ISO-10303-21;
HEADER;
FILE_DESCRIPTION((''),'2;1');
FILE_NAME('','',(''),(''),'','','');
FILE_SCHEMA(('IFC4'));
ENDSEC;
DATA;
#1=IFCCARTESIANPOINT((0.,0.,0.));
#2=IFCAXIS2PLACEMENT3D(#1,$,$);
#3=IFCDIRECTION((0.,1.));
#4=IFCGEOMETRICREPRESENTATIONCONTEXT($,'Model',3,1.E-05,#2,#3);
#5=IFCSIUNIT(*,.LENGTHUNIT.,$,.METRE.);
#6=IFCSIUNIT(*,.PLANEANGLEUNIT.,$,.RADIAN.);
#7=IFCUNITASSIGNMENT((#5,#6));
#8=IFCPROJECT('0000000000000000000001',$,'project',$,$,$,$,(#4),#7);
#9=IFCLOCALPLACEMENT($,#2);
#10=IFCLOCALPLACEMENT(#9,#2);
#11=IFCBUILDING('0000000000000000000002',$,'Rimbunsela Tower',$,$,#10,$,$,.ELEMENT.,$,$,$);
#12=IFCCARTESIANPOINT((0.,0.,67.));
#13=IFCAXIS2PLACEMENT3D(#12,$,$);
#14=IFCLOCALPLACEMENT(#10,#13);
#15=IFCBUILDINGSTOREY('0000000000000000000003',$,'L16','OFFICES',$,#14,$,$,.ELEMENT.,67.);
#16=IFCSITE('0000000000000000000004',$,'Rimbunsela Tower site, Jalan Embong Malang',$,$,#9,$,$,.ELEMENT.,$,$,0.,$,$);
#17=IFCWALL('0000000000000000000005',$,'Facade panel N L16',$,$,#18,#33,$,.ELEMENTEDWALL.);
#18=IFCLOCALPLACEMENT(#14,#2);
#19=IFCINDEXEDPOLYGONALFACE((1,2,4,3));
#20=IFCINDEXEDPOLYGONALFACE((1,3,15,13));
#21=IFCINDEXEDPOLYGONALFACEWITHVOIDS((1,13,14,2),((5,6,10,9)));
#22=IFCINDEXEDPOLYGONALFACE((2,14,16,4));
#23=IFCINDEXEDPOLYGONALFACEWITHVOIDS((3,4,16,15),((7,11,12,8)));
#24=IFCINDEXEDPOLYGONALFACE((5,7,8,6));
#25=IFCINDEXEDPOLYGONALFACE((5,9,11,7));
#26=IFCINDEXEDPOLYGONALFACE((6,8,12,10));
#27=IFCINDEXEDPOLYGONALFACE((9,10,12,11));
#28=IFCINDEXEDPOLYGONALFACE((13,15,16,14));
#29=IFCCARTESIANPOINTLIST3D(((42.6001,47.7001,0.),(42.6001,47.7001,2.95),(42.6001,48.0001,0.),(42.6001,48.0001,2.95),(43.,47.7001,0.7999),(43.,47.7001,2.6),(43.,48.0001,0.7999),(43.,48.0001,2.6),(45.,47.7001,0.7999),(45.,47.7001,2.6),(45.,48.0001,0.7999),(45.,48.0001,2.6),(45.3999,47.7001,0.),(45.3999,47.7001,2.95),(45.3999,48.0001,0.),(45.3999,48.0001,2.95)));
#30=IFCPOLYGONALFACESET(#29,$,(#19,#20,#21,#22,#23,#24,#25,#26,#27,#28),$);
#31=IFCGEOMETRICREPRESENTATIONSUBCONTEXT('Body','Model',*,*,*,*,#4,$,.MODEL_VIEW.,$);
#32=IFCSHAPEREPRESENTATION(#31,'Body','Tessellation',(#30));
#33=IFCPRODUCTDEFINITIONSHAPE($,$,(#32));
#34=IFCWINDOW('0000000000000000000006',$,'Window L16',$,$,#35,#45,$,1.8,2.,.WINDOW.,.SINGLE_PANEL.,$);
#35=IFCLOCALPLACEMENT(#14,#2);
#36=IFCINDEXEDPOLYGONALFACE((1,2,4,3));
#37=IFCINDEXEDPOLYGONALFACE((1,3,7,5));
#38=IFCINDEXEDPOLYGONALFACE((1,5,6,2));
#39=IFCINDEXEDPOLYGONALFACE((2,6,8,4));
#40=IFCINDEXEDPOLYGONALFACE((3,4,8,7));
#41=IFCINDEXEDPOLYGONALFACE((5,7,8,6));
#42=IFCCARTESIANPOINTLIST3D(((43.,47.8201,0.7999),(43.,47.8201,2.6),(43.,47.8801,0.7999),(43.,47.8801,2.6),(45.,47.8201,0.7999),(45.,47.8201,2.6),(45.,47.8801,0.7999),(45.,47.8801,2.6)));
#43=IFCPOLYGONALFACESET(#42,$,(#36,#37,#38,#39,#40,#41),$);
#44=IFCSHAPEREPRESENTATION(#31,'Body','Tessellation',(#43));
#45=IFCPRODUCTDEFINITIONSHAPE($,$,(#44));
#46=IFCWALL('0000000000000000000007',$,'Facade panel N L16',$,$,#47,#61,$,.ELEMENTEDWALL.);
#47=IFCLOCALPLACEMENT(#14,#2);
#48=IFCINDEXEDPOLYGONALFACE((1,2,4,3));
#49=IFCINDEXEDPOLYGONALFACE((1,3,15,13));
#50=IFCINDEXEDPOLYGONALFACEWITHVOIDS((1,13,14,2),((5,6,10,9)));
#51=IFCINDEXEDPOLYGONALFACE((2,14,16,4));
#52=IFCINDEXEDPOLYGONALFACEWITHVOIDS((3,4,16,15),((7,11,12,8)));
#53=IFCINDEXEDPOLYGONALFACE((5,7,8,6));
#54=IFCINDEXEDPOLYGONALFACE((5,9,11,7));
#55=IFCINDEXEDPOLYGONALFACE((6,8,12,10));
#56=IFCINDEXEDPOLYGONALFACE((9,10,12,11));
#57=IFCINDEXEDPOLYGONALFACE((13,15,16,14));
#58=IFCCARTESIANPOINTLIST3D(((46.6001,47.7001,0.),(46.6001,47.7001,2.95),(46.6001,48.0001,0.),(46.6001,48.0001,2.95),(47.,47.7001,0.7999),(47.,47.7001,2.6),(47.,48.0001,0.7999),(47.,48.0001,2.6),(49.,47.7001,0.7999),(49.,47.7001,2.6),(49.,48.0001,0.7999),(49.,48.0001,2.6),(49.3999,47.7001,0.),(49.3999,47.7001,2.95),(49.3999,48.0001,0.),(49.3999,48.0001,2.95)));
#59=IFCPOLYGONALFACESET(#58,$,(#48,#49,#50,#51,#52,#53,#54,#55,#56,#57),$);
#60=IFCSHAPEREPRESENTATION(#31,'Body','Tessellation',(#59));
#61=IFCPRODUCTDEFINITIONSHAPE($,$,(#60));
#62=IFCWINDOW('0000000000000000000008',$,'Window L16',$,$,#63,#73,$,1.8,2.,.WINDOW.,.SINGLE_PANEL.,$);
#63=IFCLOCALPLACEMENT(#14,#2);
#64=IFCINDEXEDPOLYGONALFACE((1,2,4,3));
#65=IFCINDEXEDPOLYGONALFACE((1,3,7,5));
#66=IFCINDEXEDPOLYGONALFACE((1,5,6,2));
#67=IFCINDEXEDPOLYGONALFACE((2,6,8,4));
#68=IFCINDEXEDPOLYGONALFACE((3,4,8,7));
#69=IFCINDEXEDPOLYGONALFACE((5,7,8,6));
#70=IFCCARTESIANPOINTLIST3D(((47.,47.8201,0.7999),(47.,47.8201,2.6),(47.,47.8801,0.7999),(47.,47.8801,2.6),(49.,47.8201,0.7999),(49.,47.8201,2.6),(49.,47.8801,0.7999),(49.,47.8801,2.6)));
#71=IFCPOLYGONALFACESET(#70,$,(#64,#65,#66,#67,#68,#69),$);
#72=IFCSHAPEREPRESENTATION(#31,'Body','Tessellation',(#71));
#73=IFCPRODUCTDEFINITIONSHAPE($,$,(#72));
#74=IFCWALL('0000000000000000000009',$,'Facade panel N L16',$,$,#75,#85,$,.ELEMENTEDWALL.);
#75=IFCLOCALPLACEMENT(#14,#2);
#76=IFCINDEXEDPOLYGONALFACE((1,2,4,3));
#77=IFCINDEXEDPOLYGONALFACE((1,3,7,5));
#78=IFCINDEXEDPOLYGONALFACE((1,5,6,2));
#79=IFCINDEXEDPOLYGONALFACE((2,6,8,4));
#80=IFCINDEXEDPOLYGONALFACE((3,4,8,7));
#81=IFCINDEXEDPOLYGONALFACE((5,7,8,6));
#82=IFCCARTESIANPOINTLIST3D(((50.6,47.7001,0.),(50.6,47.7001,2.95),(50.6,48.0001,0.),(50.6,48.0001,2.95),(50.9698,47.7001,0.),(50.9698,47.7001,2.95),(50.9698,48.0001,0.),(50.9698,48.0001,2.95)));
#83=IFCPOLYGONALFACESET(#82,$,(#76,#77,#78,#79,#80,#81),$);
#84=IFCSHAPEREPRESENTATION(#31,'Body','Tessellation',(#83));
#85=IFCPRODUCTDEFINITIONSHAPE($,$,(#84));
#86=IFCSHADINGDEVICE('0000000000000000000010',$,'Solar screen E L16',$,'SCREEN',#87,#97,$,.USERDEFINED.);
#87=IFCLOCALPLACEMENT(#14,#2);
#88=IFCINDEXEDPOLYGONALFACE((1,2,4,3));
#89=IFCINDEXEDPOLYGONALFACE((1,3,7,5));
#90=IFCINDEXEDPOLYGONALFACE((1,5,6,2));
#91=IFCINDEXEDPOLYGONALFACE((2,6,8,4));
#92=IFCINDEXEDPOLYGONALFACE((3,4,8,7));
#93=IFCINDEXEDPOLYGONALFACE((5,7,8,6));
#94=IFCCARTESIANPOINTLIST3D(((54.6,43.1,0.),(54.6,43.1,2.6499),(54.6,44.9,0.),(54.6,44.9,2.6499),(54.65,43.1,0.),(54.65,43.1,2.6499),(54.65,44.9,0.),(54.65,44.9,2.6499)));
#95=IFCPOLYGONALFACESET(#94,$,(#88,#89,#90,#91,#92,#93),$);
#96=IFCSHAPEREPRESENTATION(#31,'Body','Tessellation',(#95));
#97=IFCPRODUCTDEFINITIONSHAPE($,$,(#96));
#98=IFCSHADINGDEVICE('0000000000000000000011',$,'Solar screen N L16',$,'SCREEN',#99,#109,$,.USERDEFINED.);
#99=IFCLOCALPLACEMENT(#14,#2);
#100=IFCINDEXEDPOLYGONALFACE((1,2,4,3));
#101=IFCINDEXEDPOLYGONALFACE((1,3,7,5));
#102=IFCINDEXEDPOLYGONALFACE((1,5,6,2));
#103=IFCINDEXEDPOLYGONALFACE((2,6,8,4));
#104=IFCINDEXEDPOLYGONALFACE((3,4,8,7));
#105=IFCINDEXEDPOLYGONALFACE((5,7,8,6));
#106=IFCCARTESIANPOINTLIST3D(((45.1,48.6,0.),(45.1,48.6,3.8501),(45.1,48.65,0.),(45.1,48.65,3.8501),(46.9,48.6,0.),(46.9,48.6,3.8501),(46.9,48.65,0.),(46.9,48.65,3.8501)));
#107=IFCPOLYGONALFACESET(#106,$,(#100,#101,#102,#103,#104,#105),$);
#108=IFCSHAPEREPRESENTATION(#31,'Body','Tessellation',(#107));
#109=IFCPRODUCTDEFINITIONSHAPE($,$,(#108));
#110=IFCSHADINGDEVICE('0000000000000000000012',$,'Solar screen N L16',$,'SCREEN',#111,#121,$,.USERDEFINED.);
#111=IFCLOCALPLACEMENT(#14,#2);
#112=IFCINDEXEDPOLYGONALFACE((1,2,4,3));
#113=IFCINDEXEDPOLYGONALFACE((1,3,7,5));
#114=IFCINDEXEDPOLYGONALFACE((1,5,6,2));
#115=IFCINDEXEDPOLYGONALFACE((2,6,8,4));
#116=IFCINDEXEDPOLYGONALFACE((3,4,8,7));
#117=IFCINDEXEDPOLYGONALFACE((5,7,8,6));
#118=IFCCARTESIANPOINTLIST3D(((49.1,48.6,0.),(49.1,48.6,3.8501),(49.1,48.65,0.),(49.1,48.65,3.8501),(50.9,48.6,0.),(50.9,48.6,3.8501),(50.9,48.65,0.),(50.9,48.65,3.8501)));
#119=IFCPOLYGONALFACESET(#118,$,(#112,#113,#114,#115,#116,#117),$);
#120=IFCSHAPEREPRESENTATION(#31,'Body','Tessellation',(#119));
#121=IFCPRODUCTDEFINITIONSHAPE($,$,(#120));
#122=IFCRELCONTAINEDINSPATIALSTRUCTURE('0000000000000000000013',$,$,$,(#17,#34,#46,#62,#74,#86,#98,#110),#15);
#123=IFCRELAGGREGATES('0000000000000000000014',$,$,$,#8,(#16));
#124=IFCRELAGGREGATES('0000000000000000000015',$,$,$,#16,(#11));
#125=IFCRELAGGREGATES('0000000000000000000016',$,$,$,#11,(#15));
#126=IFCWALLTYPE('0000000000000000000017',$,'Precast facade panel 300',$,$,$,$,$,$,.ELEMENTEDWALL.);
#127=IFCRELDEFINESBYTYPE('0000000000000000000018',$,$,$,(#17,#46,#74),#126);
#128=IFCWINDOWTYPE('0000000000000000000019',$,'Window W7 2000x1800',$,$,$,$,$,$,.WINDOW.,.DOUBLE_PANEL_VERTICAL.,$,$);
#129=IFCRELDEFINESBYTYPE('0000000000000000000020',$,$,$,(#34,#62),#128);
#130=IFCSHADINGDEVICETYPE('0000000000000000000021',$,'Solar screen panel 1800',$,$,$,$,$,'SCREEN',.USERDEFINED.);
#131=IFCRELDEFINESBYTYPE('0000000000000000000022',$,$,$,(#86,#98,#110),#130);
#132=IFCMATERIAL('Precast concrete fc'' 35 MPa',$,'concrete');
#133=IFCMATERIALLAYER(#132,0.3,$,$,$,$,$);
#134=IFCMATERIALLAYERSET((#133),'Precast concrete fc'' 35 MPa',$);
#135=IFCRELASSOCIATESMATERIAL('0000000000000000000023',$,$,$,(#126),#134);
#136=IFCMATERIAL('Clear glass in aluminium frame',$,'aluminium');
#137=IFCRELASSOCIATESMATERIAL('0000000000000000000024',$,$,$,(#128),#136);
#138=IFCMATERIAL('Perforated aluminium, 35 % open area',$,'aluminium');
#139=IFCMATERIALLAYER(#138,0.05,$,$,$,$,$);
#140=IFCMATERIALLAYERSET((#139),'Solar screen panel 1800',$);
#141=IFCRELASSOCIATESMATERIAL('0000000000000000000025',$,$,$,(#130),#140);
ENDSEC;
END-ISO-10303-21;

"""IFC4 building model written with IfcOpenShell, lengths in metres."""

from ifc_helpers import new_model, si_unit, direction, frame, frame_2d, origin, origin_2d, place, context, subcontext, project, spatial, rectangle, extrude, material, layer, layer_set, type_object, element, fill, save


model = new_model("IFC4")

# Units and contexts
model_context = context("Model", 3, precision=1e-05, world=origin(), true_north=direction((0.0, 1.0)))
body_context = subcontext(model_context, "Body", "Model", "MODEL_VIEW")
ifc_project = project(units=[si_unit("LENGTHUNIT", "METRE"), si_unit("PLANEANGLEUNIT", "RADIAN")], contexts=[model_context])

# Site, building, storey
site_placement = place(None, origin())
site = spatial("IfcSite", under=ifc_project, at=site_placement, Name="Rimbunsela Tower site, Jalan Embong Malang", CompositionType="ELEMENT", RefElevation=0.0)
building_placement = place(site_placement, origin())
building = spatial("IfcBuilding", under=site, at=building_placement, Name="Rimbunsela Tower", CompositionType="ELEMENT")
storey_placement = place(building_placement, frame((0.0, 0.0, 67.0)))
storey = spatial("IfcBuildingStorey", under=building, at=storey_placement, Name="L16", Description="OFFICES", CompositionType="ELEMENT", Elevation=67.0)

# Shared definitions
ifc_material_1 = material(Name="Precast concrete fc' 35 MPa", Category="concrete")
ifc_layer_1 = layer(ifc_material_1, 0.3)
ifc_layer_set_1 = layer_set([ifc_layer_1], Name="Precast concrete fc' 35 MPa")
wall_type_1 = type_object("IfcWallType", Name="Precast facade panel 300", PredefinedType="ELEMENTEDWALL", material=ifc_layer_set_1)

# Walls, openings, windows
wall_1_placement = place(storey_placement, frame((45.3999, 47.8501, 0.0), z_axis=(0.0, 0.0, 1.0), x_axis=(-1.0, 0.0, 0.0)))
wall_1 = element("IfcWall", 1, at=wall_1_placement, inside=storey, type_object=wall_type_1, Name="Facade panel N L16", PredefinedType="ELEMENTEDWALL", context=body_context, shape_type="SweptSolid", body=[
    extrude(rectangle(XDim=2.7998, YDim=0.3, at=frame_2d((1.3999, 0.0))), origin(), (0.0, 0.0, 1.0), 2.95),
])
opening_1_placement = place(wall_1_placement, frame((0.3999, 0.0, 0.8)))
opening_1 = element("IfcOpeningElement", 2, at=opening_1_placement, cuts=wall_1, PredefinedType="OPENING", context=body_context, shape_type="SweptSolid", body=[
    extrude(rectangle(XDim=2.0, YDim=1.8, at=frame_2d((1.0, 0.8999))), frame((0.0, 0.1599, 0.0), z_axis=(0.0, -1.0, 0.0), x_axis=(1.0, 0.0, 0.0)), (0.0, 0.0, 1.0), 0.3201),
])
ifc_material_2 = material(Name="Clear glass in aluminium frame", Category="aluminium")
window_type = type_object("IfcWindowType", Name="Window W7 2000x1800", PartitioningType="DOUBLE_PANEL_VERTICAL", PredefinedType="WINDOW", material=ifc_material_2)
window_1_placement = place(opening_1_placement, origin())
window_1 = element("IfcWindow", 3, at=window_1_placement, inside=storey, type_object=window_type, Name="Window L16", OverallHeight=1.8, OverallWidth=2.0, PartitioningType="SINGLE_PANEL", PredefinedType="WINDOW", context=body_context, shape_type="SweptSolid", body=[
    extrude(rectangle(XDim=2.0, YDim=1.8, at=frame_2d((1.0, 0.8999))), frame((0.0, 0.03, 0.0), z_axis=(0.0, -1.0, 0.0), x_axis=(1.0, 0.0, 0.0)), (0.0, 0.0, 1.0), 0.0601),
])
fill(opening_1, window_1)
wall_2_placement = place(storey_placement, frame((49.3999, 47.8501, 0.0), z_axis=(0.0, 0.0, 1.0), x_axis=(-1.0, 0.0, 0.0)))
wall_2 = element("IfcWall", 4, at=wall_2_placement, inside=storey, type_object=wall_type_1, Name="Facade panel N L16", PredefinedType="ELEMENTEDWALL", context=body_context, shape_type="SweptSolid", body=[
    extrude(rectangle(XDim=2.7998, YDim=0.3, at=frame_2d((1.3999, 0.0))), origin(), (0.0, 0.0, 1.0), 2.95),
])
opening_2_placement = place(wall_2_placement, frame((0.3999, 0.0, 0.8)))
opening_2 = element("IfcOpeningElement", 5, at=opening_2_placement, cuts=wall_2, PredefinedType="OPENING", context=body_context, shape_type="SweptSolid", body=[
    extrude(rectangle(XDim=2.0, YDim=1.8, at=frame_2d((1.0, 0.8999))), frame((0.0, 0.1599, 0.0), z_axis=(0.0, -1.0, 0.0), x_axis=(1.0, 0.0, 0.0)), (0.0, 0.0, 1.0), 0.3201),
])
window_2_placement = place(opening_2_placement, origin())
window_2 = element("IfcWindow", 6, at=window_2_placement, inside=storey, type_object=window_type, Name="Window L16", OverallHeight=1.8, OverallWidth=2.0, PartitioningType="SINGLE_PANEL", PredefinedType="WINDOW", context=body_context, shape_type="SweptSolid", body=[
    extrude(rectangle(XDim=2.0, YDim=1.8, at=frame_2d((1.0, 0.8999))), frame((0.0, 0.03, 0.0), z_axis=(0.0, -1.0, 0.0), x_axis=(1.0, 0.0, 0.0)), (0.0, 0.0, 1.0), 0.0601),
])
fill(opening_2, window_2)

# Wall
wall_3_placement = place(storey_placement, frame((50.97, 47.8501, 0.0), z_axis=(0.0, 0.0, 1.0), x_axis=(-1.0, 0.0, 0.0)))
element("IfcWall", 7, at=wall_3_placement, inside=storey, type_object=wall_type_1, Name="Facade panel N L16", PredefinedType="ELEMENTEDWALL", context=body_context, shape_type="SweptSolid", body=[
    extrude(rectangle(XDim=0.3699, YDim=0.3, at=frame_2d((0.1851, 0.0))), origin(), (0.0, 0.0, 1.0), 2.95),
])

# Shading devices
ifc_material_3 = material(Name="Perforated aluminium, 35 % open area", Category="aluminium")
ifc_layer_2 = layer(ifc_material_3, 0.05)
ifc_layer_set_2 = layer_set([ifc_layer_2], Name="Solar screen panel 1800")
shading_device_type = type_object("IfcShadingDeviceType", Name="Solar screen panel 1800", ElementType="SCREEN", PredefinedType="USERDEFINED", material=ifc_layer_set_2)
shading_device_placement = place(storey_placement, frame((54.625, 44.0, 0.0), z_axis=(0.0, 0.0, 1.0), x_axis=(0.0, 1.0, 0.0)))
element("IfcShadingDevice", 8, at=shading_device_placement, inside=storey, type_object=shading_device_type, Name="Solar screen E L16", ObjectType="SCREEN", PredefinedType="USERDEFINED", context=body_context, shape_type="SweptSolid", body=[
    extrude(rectangle(XDim=1.8, YDim=0.05, at=origin_2d()), origin(), (0.0, 0.0, 1.0), 2.6499),
])
for number, where, z_axis, x_axis, name in (
    (9, (46.0, 48.625, 0.0), (0.0, 0.0, 1.0), (1.0, 0.0, 0.0), "Solar screen N L16"),
    (10, (50.0, 48.625, 0.0), (0.0, 0.0, 1.0), (1.0, 0.0, 0.0), "Solar screen N L16"),
):
    element("IfcShadingDevice", number, at=place(storey_placement, frame(where, z_axis=z_axis, x_axis=x_axis)), inside=storey, type_object=shading_device_type, Name=name, ObjectType="SCREEN", PredefinedType="USERDEFINED", context=body_context, shape_type="SweptSolid", body=[
        extrude(rectangle(XDim=1.8, YDim=0.05, at=origin_2d()), origin(), (0.0, 0.0, 1.0), 3.8501),
    ])

save(model, "model.ifc")
